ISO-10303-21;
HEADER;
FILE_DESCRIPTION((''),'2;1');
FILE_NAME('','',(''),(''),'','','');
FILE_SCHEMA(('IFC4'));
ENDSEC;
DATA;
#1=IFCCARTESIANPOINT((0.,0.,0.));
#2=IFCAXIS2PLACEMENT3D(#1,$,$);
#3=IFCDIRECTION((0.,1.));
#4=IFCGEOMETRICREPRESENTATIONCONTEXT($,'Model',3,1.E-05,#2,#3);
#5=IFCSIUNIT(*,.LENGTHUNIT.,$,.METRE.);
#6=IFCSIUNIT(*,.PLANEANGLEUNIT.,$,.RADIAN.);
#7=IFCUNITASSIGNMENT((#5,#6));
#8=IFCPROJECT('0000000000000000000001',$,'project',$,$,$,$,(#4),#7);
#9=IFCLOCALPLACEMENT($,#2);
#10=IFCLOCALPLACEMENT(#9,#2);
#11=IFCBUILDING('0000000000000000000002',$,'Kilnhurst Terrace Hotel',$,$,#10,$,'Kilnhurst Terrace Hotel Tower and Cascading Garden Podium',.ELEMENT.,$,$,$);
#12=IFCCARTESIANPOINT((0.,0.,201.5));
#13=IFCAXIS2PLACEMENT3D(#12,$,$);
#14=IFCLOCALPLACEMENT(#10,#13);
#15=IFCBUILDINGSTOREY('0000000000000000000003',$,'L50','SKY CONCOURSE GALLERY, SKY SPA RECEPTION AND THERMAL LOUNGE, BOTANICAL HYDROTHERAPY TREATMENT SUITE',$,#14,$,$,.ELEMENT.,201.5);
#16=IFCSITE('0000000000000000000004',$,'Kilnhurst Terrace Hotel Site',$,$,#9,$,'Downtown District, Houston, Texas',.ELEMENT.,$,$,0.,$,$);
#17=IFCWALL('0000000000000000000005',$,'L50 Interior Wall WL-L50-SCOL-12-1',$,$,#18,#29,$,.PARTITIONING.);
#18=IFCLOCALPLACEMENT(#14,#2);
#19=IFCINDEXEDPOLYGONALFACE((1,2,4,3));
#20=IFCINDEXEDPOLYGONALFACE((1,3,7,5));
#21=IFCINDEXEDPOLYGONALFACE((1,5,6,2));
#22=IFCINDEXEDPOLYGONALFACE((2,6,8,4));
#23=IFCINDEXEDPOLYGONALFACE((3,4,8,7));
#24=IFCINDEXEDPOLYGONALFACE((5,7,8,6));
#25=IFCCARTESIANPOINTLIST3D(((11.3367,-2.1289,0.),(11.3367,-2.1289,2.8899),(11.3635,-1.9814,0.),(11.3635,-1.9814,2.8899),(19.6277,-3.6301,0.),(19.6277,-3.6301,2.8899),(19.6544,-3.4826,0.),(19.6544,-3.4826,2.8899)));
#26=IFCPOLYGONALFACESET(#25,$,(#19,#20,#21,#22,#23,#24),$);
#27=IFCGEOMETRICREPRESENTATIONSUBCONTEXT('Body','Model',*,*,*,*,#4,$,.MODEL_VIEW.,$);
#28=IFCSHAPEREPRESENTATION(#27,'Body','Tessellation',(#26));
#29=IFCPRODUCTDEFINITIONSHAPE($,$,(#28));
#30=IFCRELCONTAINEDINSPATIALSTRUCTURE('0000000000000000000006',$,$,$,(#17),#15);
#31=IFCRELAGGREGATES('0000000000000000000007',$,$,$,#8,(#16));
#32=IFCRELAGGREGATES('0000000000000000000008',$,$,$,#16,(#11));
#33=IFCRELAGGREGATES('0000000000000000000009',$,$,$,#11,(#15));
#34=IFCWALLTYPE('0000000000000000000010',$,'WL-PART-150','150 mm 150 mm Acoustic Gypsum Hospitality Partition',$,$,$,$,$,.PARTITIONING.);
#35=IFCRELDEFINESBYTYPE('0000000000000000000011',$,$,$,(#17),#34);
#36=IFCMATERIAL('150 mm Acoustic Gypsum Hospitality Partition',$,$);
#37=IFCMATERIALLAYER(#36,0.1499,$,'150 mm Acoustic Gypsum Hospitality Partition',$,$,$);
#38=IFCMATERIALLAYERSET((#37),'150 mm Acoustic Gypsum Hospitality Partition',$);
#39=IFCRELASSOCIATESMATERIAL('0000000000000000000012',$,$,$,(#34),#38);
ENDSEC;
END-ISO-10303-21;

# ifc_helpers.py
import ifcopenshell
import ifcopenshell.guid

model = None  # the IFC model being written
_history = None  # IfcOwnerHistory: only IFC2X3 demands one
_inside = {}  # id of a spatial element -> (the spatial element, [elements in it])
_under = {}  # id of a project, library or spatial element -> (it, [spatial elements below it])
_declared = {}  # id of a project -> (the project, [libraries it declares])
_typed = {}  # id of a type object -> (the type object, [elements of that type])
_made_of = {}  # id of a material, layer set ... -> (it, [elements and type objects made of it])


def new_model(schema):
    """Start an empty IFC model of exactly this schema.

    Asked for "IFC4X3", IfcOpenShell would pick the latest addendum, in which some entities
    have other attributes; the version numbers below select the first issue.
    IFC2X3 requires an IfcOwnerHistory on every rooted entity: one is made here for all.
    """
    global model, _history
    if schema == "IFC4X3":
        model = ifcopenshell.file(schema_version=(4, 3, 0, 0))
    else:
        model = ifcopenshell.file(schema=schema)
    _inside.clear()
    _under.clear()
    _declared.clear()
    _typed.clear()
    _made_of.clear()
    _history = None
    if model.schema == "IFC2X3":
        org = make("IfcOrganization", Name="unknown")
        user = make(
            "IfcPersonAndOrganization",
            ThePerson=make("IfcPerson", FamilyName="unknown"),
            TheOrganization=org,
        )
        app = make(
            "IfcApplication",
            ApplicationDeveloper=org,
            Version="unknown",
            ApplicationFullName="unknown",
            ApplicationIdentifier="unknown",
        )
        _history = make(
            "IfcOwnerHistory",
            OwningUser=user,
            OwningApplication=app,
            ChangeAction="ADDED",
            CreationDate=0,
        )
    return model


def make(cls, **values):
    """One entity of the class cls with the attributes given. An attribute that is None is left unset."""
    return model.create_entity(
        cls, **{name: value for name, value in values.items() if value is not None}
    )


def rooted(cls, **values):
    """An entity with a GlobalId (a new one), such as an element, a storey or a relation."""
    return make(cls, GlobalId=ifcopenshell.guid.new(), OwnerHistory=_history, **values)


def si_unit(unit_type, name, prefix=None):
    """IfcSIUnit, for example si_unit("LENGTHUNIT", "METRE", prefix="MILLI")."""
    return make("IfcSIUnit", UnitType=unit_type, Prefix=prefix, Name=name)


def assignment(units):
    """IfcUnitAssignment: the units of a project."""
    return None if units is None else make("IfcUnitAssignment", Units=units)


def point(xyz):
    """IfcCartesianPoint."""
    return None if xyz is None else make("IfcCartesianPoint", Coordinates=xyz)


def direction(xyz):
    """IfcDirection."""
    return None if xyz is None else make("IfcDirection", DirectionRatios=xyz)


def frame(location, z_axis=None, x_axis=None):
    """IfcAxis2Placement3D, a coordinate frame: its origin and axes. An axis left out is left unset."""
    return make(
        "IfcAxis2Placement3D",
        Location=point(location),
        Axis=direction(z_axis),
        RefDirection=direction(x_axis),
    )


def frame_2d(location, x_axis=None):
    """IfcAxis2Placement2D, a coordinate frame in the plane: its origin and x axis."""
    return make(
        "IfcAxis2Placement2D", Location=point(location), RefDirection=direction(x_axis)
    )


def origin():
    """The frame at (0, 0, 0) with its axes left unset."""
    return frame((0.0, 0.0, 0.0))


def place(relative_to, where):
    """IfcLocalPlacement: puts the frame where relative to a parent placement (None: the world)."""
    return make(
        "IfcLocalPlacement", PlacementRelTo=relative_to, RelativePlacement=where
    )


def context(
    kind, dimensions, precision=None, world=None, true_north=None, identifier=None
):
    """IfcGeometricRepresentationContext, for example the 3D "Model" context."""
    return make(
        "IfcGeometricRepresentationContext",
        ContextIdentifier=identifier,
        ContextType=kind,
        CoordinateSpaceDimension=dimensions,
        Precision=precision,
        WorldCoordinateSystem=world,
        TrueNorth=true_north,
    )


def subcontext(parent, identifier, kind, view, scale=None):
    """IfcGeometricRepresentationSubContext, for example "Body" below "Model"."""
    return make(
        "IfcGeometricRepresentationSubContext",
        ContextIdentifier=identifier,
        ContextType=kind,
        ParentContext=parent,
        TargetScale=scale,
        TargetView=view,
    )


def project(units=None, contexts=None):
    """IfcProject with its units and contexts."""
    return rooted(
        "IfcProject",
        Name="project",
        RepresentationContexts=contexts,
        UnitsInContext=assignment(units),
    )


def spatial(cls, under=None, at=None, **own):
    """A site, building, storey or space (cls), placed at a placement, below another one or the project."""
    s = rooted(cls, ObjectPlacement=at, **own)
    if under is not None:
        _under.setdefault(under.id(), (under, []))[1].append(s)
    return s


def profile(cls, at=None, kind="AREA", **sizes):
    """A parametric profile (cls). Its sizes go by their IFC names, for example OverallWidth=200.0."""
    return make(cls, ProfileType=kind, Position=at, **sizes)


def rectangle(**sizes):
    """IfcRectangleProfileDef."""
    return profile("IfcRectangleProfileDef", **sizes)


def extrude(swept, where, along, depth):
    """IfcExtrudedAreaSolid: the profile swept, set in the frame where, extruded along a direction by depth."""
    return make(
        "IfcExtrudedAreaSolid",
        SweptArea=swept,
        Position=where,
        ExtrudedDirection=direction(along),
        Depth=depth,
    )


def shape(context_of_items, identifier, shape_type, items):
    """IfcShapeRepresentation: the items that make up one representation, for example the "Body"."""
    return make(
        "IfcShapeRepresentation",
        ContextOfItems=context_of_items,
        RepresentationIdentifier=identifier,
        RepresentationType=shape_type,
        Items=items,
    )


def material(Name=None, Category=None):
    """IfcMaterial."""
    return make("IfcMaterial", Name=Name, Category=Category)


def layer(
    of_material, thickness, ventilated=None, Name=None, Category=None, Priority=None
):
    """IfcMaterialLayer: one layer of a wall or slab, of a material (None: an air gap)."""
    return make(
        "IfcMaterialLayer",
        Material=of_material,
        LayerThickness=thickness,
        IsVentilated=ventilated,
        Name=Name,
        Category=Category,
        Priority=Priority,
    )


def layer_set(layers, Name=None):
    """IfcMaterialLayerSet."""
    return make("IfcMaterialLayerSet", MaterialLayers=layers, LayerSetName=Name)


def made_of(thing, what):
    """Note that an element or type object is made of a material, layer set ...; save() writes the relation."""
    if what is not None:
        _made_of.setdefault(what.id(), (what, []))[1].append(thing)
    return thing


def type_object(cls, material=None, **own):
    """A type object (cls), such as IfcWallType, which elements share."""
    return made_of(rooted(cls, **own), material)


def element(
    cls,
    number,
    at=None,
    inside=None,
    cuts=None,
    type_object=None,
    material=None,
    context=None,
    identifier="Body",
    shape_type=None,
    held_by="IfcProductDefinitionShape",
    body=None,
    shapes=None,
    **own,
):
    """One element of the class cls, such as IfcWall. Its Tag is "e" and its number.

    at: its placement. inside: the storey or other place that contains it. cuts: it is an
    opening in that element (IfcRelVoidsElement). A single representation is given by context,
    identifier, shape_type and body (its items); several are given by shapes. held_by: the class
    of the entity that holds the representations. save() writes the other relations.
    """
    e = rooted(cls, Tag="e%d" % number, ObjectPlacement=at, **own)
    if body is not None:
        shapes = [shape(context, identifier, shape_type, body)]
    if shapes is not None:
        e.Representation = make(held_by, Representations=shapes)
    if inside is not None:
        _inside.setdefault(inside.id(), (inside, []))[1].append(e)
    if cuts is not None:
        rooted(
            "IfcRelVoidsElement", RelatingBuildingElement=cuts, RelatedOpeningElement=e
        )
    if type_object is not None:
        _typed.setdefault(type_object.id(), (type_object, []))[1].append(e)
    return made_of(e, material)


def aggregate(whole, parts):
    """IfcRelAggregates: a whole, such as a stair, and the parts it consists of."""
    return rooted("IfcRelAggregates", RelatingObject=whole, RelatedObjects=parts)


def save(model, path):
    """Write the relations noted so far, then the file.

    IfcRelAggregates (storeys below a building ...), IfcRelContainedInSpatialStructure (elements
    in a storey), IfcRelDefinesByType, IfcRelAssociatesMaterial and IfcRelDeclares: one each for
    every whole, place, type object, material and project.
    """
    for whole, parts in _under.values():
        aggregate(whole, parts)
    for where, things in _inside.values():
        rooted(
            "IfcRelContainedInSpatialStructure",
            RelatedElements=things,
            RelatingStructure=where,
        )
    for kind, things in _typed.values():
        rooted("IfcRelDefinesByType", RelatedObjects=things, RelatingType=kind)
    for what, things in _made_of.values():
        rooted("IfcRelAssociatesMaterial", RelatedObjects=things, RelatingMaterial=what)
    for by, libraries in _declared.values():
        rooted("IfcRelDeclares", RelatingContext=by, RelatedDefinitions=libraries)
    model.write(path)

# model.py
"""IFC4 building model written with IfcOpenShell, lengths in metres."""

from ifc_helpers import new_model, si_unit, direction, frame, frame_2d, origin, place, context, subcontext, project, spatial, rectangle, extrude, material, layer, layer_set, type_object, element, save


model = new_model("IFC4")

# Units and contexts
model_context = context("Model", 3, precision=1e-05, world=origin(), true_north=direction((0.0, 1.0)))
body_context = subcontext(model_context, "Body", "Model", "MODEL_VIEW")
ifc_project = project(units=[si_unit("LENGTHUNIT", "METRE"), si_unit("PLANEANGLEUNIT", "RADIAN")], contexts=[model_context])

# Site, building, storey
site_placement = place(None, origin())
site = spatial("IfcSite", under=ifc_project, at=site_placement, Name="Kilnhurst Terrace Hotel Site", LongName="Downtown District, Houston, Texas", CompositionType="ELEMENT", RefElevation=0.0)
building_placement = place(site_placement, origin())
building = spatial("IfcBuilding", under=site, at=building_placement, Name="Kilnhurst Terrace Hotel", LongName="Kilnhurst Terrace Hotel Tower and Cascading Garden Podium", CompositionType="ELEMENT")
storey_placement = place(building_placement, frame((0.0, 0.0, 201.5)))
storey = spatial("IfcBuildingStorey", under=building, at=storey_placement, Name="L50", Description="SKY CONCOURSE GALLERY, SKY SPA RECEPTION AND THERMAL LOUNGE, BOTANICAL HYDROTHERAPY TREATMENT SUITE", CompositionType="ELEMENT", Elevation=201.5)

# Wall
ifc_material_1 = material(Name="150 mm Acoustic Gypsum Hospitality Partition")
ifc_layer_1 = layer(ifc_material_1, 0.1499, Name="150 mm Acoustic Gypsum Hospitality Partition")
ifc_layer_set_1 = layer_set([ifc_layer_1], Name="150 mm Acoustic Gypsum Hospitality Partition")
wall_type_1 = type_object("IfcWallType", Name="WL-PART-150", Description="150 mm 150 mm Acoustic Gypsum Hospitality Partition", PredefinedType="PARTITIONING", material=ifc_layer_set_1)
wall_1_placement = place(storey_placement, frame((11.3501, -2.0552, 0.0), z_axis=(0.0, 0.0, 1.0), x_axis=(0.984, -0.178169, 0.0)))
element("IfcWall", 1, at=wall_1_placement, inside=storey, type_object=wall_type_1, Name="L50 Interior Wall WL-L50-SCOL-12-1", PredefinedType="PARTITIONING", context=body_context, shape_type="SweptSolid", body=[
    extrude(rectangle(XDim=8.4258, YDim=0.1499, at=frame_2d((4.2129, 0.0))), origin(), (0.0, 0.0, 1.0), 2.8899),
])

save(model, "model.ifc")
